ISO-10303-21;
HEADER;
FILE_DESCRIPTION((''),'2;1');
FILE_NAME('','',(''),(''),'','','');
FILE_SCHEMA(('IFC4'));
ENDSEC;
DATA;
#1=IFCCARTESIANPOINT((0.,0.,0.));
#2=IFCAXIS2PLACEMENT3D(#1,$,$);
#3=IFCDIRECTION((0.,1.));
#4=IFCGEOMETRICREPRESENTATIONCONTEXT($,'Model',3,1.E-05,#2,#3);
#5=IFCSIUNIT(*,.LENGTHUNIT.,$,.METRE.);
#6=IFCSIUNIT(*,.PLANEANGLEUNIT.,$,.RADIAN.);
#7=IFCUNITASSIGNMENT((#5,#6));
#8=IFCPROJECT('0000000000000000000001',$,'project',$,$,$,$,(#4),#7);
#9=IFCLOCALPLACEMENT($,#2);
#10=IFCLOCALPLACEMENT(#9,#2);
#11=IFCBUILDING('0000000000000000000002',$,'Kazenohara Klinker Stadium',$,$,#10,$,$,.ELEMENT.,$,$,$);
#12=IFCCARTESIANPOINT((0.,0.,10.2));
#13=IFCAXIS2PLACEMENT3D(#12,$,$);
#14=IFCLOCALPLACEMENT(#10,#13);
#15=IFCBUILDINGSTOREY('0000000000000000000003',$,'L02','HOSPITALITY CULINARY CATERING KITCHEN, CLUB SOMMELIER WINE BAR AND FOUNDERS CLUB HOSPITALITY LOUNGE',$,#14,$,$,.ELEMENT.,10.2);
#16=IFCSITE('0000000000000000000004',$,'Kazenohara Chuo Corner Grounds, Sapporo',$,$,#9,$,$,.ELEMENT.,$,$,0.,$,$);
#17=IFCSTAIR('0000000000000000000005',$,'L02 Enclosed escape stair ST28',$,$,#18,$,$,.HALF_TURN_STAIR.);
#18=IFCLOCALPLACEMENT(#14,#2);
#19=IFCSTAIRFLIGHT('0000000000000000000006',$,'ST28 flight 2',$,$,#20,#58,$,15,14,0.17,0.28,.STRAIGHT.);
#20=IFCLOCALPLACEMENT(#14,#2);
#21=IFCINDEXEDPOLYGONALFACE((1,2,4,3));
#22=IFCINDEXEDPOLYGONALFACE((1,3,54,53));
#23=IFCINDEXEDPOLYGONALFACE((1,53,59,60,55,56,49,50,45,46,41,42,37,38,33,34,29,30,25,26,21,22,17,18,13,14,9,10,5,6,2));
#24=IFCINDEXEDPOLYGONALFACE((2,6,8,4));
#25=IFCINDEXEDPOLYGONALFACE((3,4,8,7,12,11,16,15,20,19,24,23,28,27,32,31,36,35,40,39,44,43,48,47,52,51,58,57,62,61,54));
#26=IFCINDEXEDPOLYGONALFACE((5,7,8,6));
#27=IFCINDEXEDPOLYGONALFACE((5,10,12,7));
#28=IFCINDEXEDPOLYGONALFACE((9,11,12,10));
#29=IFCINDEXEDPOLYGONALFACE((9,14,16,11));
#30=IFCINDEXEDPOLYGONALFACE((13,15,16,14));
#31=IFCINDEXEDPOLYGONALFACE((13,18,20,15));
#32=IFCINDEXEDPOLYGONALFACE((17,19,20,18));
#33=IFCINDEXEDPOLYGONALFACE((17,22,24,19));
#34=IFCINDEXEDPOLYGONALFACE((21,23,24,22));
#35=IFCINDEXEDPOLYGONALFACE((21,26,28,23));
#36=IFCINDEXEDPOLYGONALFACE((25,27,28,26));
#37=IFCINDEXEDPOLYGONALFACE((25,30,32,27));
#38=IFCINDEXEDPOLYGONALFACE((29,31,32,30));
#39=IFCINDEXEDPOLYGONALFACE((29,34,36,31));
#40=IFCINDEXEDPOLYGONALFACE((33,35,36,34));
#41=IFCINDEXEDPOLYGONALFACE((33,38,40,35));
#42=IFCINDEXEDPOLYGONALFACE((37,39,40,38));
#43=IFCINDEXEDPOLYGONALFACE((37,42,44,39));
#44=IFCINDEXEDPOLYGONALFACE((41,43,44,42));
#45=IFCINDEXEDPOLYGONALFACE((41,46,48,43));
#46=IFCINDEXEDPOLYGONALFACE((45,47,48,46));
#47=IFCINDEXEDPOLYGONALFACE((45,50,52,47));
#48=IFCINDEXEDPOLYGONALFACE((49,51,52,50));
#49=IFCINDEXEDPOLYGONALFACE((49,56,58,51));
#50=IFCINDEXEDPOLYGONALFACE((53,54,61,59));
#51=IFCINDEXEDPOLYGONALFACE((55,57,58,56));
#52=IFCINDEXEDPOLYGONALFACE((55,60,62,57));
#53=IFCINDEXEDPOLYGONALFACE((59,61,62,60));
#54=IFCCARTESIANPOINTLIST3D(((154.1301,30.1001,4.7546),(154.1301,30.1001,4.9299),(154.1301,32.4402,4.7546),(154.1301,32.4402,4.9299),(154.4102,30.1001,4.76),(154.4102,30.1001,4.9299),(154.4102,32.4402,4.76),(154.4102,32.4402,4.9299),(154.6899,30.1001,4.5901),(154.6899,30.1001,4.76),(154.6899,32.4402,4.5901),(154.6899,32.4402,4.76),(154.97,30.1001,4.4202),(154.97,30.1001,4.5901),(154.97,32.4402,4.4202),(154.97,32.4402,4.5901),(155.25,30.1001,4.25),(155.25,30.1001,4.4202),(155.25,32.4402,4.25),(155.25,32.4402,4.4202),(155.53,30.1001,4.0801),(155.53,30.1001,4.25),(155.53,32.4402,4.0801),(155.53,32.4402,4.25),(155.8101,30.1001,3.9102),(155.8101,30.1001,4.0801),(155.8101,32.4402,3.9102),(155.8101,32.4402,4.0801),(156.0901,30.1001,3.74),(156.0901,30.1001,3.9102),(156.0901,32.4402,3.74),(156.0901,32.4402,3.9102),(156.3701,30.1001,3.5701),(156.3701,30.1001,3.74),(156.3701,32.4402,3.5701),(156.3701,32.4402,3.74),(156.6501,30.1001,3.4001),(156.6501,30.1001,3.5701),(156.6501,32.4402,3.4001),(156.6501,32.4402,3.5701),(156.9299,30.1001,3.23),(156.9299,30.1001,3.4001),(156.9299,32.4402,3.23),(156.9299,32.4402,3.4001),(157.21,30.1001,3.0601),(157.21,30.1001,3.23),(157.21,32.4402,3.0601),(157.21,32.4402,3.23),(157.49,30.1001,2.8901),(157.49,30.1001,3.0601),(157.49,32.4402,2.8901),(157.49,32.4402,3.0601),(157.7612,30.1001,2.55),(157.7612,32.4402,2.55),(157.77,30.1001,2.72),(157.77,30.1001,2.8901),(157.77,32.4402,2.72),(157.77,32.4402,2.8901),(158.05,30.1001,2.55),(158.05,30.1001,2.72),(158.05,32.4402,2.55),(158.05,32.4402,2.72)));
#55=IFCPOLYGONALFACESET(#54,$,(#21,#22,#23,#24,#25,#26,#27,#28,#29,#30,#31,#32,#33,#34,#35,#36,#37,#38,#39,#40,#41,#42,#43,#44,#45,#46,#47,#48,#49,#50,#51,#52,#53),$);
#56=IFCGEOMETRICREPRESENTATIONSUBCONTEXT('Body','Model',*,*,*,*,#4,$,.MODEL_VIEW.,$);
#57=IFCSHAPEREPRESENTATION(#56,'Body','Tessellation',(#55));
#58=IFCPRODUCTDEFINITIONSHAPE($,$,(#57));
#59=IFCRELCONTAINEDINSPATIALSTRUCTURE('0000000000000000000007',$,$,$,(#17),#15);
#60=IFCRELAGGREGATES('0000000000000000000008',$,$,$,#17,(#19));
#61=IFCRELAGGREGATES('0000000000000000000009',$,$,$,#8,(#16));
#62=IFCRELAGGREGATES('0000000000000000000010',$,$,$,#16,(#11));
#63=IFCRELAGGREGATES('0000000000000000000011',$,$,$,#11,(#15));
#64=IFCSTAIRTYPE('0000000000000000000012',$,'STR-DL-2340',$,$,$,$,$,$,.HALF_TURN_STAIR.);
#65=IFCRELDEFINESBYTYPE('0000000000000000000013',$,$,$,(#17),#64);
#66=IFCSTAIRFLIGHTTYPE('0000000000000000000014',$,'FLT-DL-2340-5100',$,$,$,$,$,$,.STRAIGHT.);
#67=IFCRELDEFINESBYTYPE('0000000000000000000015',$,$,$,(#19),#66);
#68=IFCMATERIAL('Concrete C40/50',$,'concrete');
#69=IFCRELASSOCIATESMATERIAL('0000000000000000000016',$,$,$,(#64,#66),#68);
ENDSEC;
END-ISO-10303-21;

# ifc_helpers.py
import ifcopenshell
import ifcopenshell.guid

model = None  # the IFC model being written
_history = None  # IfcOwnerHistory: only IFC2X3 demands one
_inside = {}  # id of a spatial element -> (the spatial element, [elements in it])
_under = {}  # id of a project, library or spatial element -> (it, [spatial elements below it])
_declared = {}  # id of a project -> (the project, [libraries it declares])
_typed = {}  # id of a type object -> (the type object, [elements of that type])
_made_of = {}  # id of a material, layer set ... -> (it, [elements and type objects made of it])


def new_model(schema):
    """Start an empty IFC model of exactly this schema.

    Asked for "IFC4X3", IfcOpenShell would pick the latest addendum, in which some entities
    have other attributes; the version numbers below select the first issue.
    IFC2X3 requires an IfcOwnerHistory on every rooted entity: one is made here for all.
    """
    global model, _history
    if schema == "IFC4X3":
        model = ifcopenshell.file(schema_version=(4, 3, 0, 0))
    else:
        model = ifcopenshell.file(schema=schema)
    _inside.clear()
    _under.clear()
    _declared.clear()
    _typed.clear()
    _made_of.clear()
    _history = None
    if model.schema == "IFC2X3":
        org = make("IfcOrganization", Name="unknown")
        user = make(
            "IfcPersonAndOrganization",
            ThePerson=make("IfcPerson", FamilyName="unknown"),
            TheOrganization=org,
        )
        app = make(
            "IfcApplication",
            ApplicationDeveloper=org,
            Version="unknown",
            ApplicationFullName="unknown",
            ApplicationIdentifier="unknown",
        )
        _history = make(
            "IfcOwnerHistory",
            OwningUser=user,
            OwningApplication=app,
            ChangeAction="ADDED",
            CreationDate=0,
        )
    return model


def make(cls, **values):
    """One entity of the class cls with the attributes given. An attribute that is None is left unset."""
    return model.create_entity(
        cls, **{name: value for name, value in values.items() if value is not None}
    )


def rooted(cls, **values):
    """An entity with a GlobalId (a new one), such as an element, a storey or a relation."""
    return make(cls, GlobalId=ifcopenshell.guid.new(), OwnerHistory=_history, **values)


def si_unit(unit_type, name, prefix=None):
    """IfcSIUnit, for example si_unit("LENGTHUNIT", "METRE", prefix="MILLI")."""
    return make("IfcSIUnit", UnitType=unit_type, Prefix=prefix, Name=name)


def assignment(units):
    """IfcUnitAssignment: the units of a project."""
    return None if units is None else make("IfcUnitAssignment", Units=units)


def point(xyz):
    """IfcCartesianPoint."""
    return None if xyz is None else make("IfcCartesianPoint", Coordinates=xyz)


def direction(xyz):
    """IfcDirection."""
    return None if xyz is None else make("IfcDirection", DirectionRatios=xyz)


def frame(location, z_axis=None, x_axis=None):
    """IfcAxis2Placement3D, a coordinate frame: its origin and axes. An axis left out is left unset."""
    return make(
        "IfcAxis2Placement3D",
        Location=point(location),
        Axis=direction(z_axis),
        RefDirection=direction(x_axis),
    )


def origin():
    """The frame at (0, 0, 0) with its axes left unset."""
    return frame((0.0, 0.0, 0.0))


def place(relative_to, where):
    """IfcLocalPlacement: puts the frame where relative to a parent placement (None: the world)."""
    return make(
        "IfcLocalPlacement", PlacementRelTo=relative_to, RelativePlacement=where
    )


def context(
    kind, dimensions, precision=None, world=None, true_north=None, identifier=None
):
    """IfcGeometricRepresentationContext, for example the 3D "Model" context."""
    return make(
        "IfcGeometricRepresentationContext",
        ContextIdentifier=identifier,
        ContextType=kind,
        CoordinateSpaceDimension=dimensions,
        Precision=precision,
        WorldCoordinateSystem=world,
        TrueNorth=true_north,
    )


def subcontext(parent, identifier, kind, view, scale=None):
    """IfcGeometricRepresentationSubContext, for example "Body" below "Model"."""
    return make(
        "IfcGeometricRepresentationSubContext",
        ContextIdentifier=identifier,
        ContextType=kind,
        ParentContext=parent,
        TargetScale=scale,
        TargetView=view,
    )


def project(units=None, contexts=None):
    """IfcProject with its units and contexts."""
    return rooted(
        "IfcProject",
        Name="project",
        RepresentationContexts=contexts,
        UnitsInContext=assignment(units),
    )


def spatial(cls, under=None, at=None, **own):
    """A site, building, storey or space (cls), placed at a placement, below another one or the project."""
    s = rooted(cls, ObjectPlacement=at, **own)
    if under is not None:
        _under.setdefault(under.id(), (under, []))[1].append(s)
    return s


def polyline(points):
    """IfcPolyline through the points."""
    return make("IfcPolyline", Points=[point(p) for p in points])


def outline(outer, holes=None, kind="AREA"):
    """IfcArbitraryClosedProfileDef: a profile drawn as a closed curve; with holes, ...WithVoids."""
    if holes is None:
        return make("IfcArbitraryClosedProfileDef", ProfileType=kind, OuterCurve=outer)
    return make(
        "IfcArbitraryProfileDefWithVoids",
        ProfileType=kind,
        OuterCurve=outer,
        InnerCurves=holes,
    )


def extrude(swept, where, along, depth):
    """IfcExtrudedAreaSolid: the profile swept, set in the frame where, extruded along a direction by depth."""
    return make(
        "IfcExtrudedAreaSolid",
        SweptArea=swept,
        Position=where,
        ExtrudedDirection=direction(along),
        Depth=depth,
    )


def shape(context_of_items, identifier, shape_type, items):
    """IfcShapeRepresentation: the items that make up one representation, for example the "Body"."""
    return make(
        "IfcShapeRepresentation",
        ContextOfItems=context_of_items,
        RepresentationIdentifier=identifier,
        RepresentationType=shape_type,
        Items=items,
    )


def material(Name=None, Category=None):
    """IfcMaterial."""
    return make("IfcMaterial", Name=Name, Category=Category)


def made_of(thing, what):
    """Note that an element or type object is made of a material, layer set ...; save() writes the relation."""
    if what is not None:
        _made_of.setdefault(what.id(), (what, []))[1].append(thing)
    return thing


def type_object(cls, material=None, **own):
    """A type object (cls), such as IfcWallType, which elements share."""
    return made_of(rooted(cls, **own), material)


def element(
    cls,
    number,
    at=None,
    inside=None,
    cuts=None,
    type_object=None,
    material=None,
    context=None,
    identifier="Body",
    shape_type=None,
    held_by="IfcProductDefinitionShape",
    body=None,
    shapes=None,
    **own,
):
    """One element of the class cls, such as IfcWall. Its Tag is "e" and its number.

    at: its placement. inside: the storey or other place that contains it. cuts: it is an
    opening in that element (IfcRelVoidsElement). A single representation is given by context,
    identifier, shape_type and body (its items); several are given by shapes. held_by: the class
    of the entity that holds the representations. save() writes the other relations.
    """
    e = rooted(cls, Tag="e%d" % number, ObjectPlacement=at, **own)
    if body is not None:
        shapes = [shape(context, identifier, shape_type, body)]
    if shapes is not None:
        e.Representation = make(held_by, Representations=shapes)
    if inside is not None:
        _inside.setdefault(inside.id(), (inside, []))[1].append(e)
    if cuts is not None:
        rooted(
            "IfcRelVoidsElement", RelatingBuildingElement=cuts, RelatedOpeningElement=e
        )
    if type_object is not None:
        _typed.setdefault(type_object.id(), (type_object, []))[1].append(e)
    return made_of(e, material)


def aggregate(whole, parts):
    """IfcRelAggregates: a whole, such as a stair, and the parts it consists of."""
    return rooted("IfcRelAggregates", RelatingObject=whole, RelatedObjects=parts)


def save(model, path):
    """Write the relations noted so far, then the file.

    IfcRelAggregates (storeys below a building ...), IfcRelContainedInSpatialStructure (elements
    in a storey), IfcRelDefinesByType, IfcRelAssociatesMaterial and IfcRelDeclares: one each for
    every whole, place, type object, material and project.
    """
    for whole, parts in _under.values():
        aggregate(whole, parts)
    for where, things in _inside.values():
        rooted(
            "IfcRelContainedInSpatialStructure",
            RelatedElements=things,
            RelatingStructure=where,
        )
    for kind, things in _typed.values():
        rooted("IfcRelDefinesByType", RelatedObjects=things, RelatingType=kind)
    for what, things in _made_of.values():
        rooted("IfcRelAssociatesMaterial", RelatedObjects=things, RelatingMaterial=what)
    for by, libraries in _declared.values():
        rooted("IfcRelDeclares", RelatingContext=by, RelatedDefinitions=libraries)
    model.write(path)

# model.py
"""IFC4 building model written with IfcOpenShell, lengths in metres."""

from ifc_helpers import new_model, si_unit, direction, frame, origin, place, context, subcontext, project, spatial, polyline, outline, extrude, material, type_object, element, aggregate, save


model = new_model("IFC4")

# Units and contexts
model_context = context("Model", 3, precision=1e-05, world=origin(), true_north=direction((0.0, 1.0)))
body_context = subcontext(model_context, "Body", "Model", "MODEL_VIEW")
ifc_project = project(units=[si_unit("LENGTHUNIT", "METRE"), si_unit("PLANEANGLEUNIT", "RADIAN")], contexts=[model_context])

# Site, building, storey
site_placement = place(None, origin())
site = spatial("IfcSite", under=ifc_project, at=site_placement, Name="Kazenohara Chuo Corner Grounds, Sapporo", CompositionType="ELEMENT", RefElevation=0.0)
building_placement = place(site_placement, origin())
building = spatial("IfcBuilding", under=site, at=building_placement, Name="Kazenohara Klinker Stadium", CompositionType="ELEMENT")
storey_placement = place(building_placement, frame((0.0, 0.0, 10.2)))
storey = spatial("IfcBuildingStorey", under=building, at=storey_placement, Name="L02", Description="HOSPITALITY CULINARY CATERING KITCHEN, CLUB SOMMELIER WINE BAR AND FOUNDERS CLUB HOSPITALITY LOUNGE", CompositionType="ELEMENT", Elevation=10.2)

# Shared definitions
ifc_material_1 = material(Name="Concrete C40/50", Category="concrete")

# Stair, stair flight
stair_type = type_object("IfcStairType", Name="STR-DL-2340", PredefinedType="HALF_TURN_STAIR", material=ifc_material_1)
stair_placement = place(storey_placement, origin())
stair = element("IfcStair", 1, at=stair_placement, inside=storey, type_object=stair_type, Name="L02 Enclosed escape stair ST28", PredefinedType="HALF_TURN_STAIR")
stair_flight_type = type_object("IfcStairFlightType", Name="FLT-DL-2340-5100", PredefinedType="STRAIGHT", material=ifc_material_1)
stair_flight_1_placement = place(storey_placement, frame((158.05, 31.27, 2.55), z_axis=(0.0, 0.0, 1.0), x_axis=(-1.0, 0.0, 0.0)))
stair_flight_1 = element("IfcStairFlight", 2, at=stair_flight_1_placement, type_object=stair_flight_type, Name="ST28 flight 2", NumberOfRisers=15, NumberOfTreads=14, PredefinedType="STRAIGHT", RiserHeight=0.17, TreadLength=0.28, context=body_context, shape_type="SweptSolid", body=[
    extrude(outline(polyline([(0.0, 0.0), (0.0, 0.1699), (0.28, 0.1699), (0.28, 0.3401), (0.5601, 0.3401), (0.5601, 0.51), (0.8401, 0.51), (0.8401, 0.6799), (1.1201, 0.6799), (1.1201, 0.8501), (1.3999, 0.8501), (1.3999, 1.02), (1.6799, 1.02), (1.6799, 1.1899), (1.96, 1.1899), (1.96, 1.3601), (2.24, 1.3601), (2.24, 1.53), (2.52, 1.53), (2.52, 1.7), (2.8, 1.7), (2.8, 1.8701), (3.0801, 1.8701), (3.0801, 2.04), (3.3601, 2.04), (3.3601, 2.21), (3.6399, 2.21), (3.6399, 2.3799), (3.9199, 2.3799), (3.9199, 2.55), (3.9199, 2.2046), (0.2888, 0.0), (0.0, 0.0)])), frame((0.0, 1.1699, 0.0), z_axis=(0.0, -1.0, 0.0), x_axis=(1.0, 0.0, 0.0)), (0.0, 0.0, 1.0), 2.3401),
])
aggregate(stair, [stair_flight_1])

save(model, "model.ifc")
